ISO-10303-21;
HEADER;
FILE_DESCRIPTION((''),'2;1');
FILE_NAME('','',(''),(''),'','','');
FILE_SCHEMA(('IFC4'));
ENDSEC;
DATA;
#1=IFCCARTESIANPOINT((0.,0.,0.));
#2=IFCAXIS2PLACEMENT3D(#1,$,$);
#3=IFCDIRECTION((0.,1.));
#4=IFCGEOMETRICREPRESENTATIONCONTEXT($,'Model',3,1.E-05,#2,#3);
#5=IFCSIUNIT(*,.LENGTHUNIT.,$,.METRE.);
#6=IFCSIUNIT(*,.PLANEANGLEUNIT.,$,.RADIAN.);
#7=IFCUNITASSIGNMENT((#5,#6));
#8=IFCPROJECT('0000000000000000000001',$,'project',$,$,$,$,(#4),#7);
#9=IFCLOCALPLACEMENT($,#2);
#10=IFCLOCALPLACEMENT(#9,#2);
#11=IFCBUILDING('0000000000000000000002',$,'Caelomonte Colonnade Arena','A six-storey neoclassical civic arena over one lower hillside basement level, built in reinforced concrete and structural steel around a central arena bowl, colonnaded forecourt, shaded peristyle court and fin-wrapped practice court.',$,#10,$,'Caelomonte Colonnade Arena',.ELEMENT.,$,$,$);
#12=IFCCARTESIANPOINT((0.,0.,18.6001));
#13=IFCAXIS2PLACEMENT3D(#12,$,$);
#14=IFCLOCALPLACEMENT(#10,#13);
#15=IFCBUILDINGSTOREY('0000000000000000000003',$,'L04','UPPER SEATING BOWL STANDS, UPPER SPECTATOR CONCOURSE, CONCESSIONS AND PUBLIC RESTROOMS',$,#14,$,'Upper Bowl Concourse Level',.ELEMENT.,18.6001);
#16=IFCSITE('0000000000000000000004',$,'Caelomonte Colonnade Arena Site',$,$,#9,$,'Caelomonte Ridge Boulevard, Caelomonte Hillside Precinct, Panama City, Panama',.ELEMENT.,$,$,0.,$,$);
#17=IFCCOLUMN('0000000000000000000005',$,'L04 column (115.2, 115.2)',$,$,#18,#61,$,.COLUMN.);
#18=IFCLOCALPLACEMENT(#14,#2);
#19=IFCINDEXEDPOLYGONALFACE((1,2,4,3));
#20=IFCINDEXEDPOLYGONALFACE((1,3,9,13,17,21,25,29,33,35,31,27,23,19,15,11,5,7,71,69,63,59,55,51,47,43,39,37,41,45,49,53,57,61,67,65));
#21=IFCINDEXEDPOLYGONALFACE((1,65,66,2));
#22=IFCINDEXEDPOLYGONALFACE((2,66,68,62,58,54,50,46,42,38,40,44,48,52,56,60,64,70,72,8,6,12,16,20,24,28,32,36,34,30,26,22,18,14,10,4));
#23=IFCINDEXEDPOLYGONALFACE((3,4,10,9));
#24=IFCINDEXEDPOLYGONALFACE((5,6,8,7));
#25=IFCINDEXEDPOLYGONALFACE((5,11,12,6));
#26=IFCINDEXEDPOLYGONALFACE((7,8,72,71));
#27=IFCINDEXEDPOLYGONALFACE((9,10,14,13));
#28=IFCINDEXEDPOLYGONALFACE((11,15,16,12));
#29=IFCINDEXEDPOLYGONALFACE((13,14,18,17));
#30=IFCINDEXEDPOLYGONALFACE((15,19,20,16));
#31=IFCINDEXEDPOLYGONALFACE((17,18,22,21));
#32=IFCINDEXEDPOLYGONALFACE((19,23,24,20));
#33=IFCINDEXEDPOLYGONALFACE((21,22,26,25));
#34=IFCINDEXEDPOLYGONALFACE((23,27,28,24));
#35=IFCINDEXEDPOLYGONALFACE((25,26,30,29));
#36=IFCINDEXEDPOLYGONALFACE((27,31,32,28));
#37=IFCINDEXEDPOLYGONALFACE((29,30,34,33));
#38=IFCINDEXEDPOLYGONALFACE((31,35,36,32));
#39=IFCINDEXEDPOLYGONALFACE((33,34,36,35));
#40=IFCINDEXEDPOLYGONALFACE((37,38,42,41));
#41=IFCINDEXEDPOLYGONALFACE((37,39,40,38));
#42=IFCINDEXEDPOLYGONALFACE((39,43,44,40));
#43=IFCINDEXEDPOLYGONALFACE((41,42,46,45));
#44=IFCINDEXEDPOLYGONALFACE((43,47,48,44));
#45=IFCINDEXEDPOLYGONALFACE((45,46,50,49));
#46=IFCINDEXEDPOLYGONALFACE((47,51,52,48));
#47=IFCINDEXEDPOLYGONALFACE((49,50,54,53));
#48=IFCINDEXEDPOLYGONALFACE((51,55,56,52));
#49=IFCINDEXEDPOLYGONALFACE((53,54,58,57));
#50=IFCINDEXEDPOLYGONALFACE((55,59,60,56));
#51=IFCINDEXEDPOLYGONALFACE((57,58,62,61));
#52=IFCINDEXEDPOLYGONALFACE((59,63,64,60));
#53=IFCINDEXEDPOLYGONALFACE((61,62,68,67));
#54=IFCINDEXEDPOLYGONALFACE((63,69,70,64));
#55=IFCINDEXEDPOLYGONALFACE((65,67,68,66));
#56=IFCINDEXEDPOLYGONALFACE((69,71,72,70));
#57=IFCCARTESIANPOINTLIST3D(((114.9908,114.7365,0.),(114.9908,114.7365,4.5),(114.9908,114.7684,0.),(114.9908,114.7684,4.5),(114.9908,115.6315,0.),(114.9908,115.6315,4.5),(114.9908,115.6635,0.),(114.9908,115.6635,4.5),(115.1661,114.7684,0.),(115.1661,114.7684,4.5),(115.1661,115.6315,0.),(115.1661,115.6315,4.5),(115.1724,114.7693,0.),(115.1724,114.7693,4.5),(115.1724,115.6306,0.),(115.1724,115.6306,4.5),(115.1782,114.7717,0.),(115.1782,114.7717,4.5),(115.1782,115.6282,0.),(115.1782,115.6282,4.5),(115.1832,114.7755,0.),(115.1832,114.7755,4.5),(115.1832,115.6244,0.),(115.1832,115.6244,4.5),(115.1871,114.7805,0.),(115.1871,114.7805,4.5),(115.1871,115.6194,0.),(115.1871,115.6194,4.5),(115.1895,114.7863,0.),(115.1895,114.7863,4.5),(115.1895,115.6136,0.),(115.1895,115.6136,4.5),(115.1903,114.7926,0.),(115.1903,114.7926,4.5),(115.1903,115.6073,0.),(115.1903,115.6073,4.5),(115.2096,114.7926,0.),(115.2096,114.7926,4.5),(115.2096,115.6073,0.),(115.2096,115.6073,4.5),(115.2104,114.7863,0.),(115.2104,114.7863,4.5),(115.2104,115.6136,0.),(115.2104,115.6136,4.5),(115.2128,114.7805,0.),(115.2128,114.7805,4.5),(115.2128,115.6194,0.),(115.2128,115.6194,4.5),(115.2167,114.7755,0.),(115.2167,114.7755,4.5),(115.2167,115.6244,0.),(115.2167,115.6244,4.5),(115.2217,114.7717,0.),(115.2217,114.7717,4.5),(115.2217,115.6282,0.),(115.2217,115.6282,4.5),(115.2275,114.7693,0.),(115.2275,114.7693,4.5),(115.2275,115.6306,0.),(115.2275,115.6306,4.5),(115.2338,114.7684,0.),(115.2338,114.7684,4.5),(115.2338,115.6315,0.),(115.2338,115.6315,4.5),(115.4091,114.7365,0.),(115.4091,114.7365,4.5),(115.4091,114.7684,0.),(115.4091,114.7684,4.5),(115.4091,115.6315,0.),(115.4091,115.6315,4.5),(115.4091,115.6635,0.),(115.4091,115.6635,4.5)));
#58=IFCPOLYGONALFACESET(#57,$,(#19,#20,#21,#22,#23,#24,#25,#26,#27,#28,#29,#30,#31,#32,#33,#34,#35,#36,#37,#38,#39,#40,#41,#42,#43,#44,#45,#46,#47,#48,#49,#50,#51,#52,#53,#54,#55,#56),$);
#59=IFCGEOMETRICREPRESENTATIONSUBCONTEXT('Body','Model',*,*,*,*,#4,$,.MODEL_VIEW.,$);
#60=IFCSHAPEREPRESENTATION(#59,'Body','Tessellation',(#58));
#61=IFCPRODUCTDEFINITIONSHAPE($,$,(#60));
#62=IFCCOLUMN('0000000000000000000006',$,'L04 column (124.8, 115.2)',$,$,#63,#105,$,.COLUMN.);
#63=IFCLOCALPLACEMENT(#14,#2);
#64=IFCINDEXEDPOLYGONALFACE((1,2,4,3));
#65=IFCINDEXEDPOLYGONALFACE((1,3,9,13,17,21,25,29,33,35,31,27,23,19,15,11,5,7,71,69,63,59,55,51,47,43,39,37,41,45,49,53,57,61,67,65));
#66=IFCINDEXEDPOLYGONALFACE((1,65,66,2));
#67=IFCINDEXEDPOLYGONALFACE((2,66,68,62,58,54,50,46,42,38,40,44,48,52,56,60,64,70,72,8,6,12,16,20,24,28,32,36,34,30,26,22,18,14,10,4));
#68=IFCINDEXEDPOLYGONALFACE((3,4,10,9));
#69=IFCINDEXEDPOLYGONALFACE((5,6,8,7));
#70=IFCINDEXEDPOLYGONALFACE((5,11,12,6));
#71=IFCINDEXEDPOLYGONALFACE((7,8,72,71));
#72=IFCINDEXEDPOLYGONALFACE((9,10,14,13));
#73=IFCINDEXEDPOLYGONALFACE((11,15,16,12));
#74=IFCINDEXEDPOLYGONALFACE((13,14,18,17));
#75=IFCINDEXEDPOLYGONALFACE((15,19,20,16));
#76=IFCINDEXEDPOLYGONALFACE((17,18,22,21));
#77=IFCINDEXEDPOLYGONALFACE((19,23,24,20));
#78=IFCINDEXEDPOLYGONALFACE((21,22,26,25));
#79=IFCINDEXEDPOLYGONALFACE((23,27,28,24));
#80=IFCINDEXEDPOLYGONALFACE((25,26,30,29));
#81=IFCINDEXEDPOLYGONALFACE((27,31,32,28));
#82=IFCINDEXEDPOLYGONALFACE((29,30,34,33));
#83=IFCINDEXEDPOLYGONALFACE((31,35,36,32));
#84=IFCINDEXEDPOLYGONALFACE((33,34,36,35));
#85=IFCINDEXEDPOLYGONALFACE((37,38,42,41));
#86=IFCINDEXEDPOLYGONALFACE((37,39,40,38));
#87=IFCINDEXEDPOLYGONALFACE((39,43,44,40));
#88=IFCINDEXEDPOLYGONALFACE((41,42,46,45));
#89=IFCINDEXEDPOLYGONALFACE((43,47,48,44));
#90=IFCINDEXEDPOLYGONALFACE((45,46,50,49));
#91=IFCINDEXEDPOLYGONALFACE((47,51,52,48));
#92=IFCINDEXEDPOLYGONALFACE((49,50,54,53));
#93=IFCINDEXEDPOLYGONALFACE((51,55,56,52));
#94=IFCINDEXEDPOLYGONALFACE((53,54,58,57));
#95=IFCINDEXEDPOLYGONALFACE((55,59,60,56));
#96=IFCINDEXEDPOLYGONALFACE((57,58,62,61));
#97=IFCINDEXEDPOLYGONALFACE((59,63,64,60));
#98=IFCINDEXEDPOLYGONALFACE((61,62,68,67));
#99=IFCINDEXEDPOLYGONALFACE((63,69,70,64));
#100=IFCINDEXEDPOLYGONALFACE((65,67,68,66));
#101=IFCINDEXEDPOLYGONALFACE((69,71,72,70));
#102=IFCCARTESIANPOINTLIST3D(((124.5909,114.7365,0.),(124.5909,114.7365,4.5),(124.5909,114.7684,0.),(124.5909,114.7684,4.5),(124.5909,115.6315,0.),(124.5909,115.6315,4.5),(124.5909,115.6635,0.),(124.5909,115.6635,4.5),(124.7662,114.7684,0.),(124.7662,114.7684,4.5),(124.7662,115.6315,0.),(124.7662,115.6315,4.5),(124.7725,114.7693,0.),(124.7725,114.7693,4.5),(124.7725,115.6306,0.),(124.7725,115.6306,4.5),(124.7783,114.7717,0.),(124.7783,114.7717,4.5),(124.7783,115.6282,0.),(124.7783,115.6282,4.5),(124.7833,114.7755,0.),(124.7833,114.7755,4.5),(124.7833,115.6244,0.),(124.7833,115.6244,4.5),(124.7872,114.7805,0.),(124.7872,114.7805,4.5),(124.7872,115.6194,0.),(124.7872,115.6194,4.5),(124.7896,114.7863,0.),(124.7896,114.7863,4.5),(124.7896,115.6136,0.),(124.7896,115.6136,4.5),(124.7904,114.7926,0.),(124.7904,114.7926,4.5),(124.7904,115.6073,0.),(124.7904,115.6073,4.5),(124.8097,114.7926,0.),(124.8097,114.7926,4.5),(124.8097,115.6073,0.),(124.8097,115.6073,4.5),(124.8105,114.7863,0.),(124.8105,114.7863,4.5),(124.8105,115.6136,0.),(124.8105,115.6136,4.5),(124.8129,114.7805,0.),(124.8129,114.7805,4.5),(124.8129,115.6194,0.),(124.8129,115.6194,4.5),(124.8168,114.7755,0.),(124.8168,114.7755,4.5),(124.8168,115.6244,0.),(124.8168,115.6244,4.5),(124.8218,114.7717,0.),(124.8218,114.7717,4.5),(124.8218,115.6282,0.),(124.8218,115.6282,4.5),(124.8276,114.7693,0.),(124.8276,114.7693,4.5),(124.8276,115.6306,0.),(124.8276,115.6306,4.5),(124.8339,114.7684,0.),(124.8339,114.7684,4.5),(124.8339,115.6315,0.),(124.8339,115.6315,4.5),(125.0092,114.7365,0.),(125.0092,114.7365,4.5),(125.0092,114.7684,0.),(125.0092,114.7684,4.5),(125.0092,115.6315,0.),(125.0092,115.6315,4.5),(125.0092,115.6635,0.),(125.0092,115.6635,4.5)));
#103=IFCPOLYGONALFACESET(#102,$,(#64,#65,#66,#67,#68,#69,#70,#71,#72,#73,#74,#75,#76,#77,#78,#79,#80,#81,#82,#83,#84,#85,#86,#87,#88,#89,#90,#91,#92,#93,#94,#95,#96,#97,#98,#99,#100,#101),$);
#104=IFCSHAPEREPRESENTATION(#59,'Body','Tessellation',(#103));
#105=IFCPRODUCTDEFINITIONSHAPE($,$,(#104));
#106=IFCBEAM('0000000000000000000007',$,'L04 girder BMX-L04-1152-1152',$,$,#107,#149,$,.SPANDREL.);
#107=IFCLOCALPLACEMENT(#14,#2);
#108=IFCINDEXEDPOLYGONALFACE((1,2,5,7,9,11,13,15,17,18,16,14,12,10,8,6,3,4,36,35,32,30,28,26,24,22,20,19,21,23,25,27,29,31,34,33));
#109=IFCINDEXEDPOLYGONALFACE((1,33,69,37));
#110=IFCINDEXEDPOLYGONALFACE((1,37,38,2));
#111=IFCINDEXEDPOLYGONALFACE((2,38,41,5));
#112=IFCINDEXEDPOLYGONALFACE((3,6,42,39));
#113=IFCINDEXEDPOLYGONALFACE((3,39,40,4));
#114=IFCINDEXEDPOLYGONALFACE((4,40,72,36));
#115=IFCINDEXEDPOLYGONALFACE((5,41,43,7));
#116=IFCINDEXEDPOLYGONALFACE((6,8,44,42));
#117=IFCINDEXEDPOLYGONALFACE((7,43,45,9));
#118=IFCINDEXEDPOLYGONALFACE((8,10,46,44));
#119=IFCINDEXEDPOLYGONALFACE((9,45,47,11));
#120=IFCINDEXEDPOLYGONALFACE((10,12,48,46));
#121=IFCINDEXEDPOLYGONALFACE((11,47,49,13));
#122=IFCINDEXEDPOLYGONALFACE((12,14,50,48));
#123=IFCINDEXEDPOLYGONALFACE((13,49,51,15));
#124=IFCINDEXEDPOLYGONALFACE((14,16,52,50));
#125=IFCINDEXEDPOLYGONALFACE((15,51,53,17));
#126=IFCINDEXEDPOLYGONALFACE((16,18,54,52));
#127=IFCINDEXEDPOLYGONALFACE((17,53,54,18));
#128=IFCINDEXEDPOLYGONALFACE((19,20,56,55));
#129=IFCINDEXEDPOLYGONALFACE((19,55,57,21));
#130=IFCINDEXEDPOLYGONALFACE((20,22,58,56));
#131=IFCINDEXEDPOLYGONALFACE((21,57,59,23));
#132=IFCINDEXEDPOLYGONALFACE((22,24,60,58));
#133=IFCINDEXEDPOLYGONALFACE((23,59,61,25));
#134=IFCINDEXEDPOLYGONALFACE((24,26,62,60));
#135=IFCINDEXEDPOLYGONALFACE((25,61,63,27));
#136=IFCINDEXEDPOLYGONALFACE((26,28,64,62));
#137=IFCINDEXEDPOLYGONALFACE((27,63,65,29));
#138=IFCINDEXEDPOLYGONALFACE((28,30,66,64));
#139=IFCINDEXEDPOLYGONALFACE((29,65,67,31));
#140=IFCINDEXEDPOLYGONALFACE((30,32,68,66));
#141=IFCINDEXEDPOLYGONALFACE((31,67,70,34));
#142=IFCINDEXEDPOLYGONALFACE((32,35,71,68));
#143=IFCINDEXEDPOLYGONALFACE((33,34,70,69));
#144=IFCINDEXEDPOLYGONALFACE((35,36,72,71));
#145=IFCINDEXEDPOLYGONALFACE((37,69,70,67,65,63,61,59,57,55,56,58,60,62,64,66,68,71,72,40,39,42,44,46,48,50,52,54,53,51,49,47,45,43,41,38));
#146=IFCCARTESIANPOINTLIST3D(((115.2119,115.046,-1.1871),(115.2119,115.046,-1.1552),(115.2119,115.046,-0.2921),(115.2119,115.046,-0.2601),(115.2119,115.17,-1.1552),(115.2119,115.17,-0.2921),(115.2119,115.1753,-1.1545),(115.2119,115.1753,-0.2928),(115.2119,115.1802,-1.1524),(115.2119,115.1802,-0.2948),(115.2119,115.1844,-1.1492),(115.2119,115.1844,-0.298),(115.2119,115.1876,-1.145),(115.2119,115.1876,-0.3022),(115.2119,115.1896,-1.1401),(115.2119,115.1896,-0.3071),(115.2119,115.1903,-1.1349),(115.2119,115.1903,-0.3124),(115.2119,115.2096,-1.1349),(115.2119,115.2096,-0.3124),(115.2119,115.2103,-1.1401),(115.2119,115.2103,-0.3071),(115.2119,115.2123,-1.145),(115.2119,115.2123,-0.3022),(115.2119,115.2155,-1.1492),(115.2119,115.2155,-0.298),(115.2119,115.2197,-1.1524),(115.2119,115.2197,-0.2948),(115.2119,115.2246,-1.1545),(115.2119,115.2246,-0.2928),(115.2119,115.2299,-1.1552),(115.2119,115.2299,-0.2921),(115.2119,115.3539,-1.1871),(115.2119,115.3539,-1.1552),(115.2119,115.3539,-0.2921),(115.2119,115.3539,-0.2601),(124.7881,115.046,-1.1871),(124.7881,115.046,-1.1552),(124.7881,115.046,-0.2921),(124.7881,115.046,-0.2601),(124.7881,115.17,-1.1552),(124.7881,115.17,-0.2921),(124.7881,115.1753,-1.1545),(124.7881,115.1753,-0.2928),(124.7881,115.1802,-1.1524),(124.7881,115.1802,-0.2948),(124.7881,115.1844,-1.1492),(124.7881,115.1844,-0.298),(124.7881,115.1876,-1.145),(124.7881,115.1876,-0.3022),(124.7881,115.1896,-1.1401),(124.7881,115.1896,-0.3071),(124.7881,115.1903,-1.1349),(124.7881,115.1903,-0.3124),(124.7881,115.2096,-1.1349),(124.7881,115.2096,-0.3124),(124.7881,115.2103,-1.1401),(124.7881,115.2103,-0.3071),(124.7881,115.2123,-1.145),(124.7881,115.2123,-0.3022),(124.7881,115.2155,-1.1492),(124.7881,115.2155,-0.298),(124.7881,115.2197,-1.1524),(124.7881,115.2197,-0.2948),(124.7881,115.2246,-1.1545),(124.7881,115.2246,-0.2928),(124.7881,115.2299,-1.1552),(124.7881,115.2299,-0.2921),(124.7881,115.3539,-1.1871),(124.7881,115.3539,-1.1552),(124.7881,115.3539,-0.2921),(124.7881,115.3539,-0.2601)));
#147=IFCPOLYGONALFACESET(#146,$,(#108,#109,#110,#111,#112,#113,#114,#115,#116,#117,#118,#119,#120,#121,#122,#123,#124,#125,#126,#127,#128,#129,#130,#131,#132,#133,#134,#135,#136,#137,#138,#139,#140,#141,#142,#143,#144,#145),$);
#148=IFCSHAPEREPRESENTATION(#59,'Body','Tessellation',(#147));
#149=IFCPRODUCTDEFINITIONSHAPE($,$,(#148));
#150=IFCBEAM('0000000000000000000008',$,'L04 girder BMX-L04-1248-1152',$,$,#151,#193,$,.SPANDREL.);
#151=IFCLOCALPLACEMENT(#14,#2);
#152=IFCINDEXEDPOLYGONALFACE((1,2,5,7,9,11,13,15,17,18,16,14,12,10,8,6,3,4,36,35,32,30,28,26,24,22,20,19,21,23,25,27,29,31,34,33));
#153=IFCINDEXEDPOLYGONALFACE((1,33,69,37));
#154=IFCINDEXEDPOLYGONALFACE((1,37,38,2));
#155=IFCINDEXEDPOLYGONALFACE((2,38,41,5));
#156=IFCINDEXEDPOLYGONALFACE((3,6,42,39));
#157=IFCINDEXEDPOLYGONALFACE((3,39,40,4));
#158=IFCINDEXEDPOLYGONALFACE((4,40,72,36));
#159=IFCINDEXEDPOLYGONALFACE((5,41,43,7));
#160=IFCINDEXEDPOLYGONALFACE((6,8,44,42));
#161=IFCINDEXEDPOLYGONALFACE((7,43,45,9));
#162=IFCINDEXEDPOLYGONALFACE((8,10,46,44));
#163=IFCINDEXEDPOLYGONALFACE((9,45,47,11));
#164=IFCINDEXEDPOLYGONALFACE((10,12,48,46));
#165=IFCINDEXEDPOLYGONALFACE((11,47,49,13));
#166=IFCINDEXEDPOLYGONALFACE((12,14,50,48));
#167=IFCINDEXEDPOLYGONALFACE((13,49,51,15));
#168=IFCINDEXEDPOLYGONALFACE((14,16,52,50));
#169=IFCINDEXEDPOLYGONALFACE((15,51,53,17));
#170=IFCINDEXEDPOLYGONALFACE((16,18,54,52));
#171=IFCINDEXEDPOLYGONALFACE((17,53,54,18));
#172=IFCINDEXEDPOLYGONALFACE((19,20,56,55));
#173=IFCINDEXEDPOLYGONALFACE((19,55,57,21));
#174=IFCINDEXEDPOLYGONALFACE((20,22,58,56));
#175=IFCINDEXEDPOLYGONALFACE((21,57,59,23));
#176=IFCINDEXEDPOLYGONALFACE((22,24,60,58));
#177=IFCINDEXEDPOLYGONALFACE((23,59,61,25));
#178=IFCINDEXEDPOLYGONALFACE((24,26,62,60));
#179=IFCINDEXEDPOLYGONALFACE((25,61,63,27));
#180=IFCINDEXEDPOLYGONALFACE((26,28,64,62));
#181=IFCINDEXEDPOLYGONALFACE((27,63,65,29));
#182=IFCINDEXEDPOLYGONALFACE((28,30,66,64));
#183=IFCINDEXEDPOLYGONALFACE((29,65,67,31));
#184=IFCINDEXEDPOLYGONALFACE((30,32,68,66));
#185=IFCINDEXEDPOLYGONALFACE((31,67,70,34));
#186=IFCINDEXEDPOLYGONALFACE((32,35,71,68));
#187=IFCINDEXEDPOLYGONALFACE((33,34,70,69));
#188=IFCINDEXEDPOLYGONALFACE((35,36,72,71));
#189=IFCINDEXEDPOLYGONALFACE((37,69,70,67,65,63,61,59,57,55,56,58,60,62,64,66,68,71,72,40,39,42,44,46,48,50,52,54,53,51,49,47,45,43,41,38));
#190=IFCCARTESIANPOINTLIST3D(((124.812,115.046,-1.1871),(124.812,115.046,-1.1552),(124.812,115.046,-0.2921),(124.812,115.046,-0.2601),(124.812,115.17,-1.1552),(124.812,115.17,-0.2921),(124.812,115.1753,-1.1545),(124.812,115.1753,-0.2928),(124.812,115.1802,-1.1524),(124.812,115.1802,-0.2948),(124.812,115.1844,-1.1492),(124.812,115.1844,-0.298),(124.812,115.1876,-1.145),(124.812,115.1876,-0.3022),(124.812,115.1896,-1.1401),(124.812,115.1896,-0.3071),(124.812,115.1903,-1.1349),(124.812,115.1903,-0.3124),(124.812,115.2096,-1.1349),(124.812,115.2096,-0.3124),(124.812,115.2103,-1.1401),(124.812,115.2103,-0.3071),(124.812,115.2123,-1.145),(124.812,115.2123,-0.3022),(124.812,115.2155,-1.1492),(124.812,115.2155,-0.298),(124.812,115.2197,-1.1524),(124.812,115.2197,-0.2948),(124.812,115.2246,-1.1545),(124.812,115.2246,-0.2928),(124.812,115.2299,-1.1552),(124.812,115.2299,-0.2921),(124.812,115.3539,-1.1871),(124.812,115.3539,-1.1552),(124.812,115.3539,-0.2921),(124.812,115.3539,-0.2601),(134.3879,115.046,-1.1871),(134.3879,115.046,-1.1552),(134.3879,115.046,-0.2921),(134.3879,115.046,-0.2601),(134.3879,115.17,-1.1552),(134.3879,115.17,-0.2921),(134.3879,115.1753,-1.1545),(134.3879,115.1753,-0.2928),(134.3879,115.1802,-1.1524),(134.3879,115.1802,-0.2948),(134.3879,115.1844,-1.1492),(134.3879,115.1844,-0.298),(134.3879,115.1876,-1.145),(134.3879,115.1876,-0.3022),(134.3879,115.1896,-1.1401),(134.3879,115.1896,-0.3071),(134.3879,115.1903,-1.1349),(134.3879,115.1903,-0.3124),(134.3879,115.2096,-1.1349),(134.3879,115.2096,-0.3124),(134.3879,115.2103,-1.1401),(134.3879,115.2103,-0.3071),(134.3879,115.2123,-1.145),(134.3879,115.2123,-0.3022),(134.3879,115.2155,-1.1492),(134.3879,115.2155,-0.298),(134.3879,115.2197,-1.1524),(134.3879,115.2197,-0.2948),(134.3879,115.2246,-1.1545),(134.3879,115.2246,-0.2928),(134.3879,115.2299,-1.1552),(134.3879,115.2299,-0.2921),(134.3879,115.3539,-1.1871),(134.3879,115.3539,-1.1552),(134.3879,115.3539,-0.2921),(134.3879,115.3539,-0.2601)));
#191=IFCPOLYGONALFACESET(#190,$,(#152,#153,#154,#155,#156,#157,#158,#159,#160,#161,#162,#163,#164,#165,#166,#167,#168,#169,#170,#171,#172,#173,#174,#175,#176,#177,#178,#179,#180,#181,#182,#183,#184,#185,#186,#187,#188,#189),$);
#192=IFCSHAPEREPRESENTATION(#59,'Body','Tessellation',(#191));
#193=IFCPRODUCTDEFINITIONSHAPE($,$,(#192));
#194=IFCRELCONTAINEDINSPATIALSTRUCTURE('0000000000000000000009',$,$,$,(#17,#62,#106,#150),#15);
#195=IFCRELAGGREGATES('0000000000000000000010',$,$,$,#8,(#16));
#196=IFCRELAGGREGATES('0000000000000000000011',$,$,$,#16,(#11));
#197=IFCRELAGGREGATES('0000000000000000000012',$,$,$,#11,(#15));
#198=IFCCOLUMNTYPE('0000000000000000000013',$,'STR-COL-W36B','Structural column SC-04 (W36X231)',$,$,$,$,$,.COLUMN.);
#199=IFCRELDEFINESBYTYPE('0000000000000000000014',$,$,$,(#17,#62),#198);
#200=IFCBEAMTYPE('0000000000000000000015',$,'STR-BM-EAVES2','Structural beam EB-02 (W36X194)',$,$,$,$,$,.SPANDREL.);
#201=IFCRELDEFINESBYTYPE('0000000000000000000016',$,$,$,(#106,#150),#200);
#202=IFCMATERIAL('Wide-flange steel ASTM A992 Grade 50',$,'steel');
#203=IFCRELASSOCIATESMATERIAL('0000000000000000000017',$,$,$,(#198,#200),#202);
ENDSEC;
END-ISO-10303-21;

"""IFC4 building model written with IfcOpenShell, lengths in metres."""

from ifc_helpers import new_model, si_unit, direction, frame, origin, origin_2d, place, context, subcontext, project, spatial, i_section, extrude, material, material_profile, profile_set, type_object, element, save


model = new_model("IFC4")

# Units and contexts
model_context = context("Model", 3, precision=1e-05, world=origin(), true_north=direction((0.0, 1.0)))
body_context = subcontext(model_context, "Body", "Model", "MODEL_VIEW")
ifc_project = project(units=[si_unit("LENGTHUNIT", "METRE"), si_unit("PLANEANGLEUNIT", "RADIAN")], contexts=[model_context])

# Site, building, storey
site_placement = place(None, origin())
site = spatial("IfcSite", under=ifc_project, at=site_placement, Name="Caelomonte Colonnade Arena Site", LongName="Caelomonte Ridge Boulevard, Caelomonte Hillside Precinct, Panama City, Panama", CompositionType="ELEMENT", RefElevation=0.0)
building_placement = place(site_placement, origin())
building = spatial("IfcBuilding", under=site, at=building_placement, Name="Caelomonte Colonnade Arena", Description="A six-storey neoclassical civic arena over one lower hillside basement level, built in reinforced concrete and structural steel around a central arena bowl, colonnaded forecourt, shaded peristyle court and fin-wrapped practice court.", LongName="Caelomonte Colonnade Arena", CompositionType="ELEMENT")
storey_placement = place(building_placement, frame((0.0, 0.0, 18.6001)))
storey = spatial("IfcBuildingStorey", under=building, at=storey_placement, Name="L04", Description="UPPER SEATING BOWL STANDS, UPPER SPECTATOR CONCOURSE, CONCESSIONS AND PUBLIC RESTROOMS", LongName="Upper Bowl Concourse Level", CompositionType="ELEMENT", Elevation=18.6001)

# Columns
ifc_material_1 = material(Name="Wide-flange steel ASTM A992 Grade 50", Category="steel")
ifc_material_profile_1 = material_profile(ifc_material_1, i_section(OverallWidth=0.4182, OverallDepth=0.927, WebThickness=0.0193, FlangeThickness=0.032, FilletRadius=0.0242, at=origin_2d()), Name="W36X231")
ifc_profile_set_1 = profile_set([ifc_material_profile_1], Name="Wide-flange steel ASTM A992 Grade 50")
column_type = type_object("IfcColumnType", Name="STR-COL-W36B", Description="Structural column SC-04 (W36X231)", PredefinedType="COLUMN", material=ifc_profile_set_1)
for number, where, z_axis, x_axis, name in (
    (1, (115.2, 115.2, 0.0), (0.0, 0.0, 1.0), (1.0, 0.0, 0.0), "L04 column (115.2, 115.2)"),
    (2, (124.8, 115.2, 0.0), (0.0, 0.0, 1.0), (1.0, 0.0, 0.0), "L04 column (124.8, 115.2)"),
):
    element("IfcColumn", number, at=place(storey_placement, frame(where, z_axis=z_axis, x_axis=x_axis)), inside=storey, type_object=column_type, Name=name, PredefinedType="COLUMN", context=body_context, shape_type="SweptSolid", body=[
        extrude(i_section(OverallWidth=0.4182, OverallDepth=0.927, WebThickness=0.0193, FlangeThickness=0.032, FilletRadius=0.0242, at=origin_2d()), origin(), (0.0, 0.0, 1.0), 4.5),
    ])

# Beams
ifc_material_profile_2 = material_profile(ifc_material_1, i_section(OverallWidth=0.3079, OverallDepth=0.927, WebThickness=0.0193, FlangeThickness=0.032, FilletRadius=0.0203, at=origin_2d()), Name="W36X194")
ifc_profile_set_2 = profile_set([ifc_material_profile_2], Name="Wide-flange steel ASTM A992 Grade 50")
beam_type_1 = type_object("IfcBeamType", Name="STR-BM-EAVES2", Description="Structural beam EB-02 (W36X194)", PredefinedType="SPANDREL", material=ifc_profile_set_2)
beam_1_placement = place(storey_placement, frame((115.2119, 115.2, -0.7236), z_axis=(1.0, 0.0, 0.0), x_axis=(0.0, 1.0, 0.0)))
element("IfcBeam", 3, at=beam_1_placement, inside=storey, type_object=beam_type_1, Name="L04 girder BMX-L04-1152-1152", PredefinedType="SPANDREL", context=body_context, shape_type="SweptSolid", body=[
    extrude(i_section(OverallWidth=0.3079, OverallDepth=0.927, WebThickness=0.0193, FlangeThickness=0.032, FilletRadius=0.0203, at=origin_2d()), origin(), (0.0, 0.0, 1.0), 9.5762),
])
beam_2_placement = place(storey_placement, frame((124.812, 115.2, -0.7236), z_axis=(1.0, 0.0, 0.0), x_axis=(0.0, 1.0, 0.0)))
element("IfcBeam", 4, at=beam_2_placement, inside=storey, type_object=beam_type_1, Name="L04 girder BMX-L04-1248-1152", PredefinedType="SPANDREL", context=body_context, shape_type="SweptSolid", body=[
    extrude(i_section(OverallWidth=0.3079, OverallDepth=0.927, WebThickness=0.0193, FlangeThickness=0.032, FilletRadius=0.0203, at=origin_2d()), origin(), (0.0, 0.0, 1.0), 9.5759),
])

save(model, "model.ifc")
